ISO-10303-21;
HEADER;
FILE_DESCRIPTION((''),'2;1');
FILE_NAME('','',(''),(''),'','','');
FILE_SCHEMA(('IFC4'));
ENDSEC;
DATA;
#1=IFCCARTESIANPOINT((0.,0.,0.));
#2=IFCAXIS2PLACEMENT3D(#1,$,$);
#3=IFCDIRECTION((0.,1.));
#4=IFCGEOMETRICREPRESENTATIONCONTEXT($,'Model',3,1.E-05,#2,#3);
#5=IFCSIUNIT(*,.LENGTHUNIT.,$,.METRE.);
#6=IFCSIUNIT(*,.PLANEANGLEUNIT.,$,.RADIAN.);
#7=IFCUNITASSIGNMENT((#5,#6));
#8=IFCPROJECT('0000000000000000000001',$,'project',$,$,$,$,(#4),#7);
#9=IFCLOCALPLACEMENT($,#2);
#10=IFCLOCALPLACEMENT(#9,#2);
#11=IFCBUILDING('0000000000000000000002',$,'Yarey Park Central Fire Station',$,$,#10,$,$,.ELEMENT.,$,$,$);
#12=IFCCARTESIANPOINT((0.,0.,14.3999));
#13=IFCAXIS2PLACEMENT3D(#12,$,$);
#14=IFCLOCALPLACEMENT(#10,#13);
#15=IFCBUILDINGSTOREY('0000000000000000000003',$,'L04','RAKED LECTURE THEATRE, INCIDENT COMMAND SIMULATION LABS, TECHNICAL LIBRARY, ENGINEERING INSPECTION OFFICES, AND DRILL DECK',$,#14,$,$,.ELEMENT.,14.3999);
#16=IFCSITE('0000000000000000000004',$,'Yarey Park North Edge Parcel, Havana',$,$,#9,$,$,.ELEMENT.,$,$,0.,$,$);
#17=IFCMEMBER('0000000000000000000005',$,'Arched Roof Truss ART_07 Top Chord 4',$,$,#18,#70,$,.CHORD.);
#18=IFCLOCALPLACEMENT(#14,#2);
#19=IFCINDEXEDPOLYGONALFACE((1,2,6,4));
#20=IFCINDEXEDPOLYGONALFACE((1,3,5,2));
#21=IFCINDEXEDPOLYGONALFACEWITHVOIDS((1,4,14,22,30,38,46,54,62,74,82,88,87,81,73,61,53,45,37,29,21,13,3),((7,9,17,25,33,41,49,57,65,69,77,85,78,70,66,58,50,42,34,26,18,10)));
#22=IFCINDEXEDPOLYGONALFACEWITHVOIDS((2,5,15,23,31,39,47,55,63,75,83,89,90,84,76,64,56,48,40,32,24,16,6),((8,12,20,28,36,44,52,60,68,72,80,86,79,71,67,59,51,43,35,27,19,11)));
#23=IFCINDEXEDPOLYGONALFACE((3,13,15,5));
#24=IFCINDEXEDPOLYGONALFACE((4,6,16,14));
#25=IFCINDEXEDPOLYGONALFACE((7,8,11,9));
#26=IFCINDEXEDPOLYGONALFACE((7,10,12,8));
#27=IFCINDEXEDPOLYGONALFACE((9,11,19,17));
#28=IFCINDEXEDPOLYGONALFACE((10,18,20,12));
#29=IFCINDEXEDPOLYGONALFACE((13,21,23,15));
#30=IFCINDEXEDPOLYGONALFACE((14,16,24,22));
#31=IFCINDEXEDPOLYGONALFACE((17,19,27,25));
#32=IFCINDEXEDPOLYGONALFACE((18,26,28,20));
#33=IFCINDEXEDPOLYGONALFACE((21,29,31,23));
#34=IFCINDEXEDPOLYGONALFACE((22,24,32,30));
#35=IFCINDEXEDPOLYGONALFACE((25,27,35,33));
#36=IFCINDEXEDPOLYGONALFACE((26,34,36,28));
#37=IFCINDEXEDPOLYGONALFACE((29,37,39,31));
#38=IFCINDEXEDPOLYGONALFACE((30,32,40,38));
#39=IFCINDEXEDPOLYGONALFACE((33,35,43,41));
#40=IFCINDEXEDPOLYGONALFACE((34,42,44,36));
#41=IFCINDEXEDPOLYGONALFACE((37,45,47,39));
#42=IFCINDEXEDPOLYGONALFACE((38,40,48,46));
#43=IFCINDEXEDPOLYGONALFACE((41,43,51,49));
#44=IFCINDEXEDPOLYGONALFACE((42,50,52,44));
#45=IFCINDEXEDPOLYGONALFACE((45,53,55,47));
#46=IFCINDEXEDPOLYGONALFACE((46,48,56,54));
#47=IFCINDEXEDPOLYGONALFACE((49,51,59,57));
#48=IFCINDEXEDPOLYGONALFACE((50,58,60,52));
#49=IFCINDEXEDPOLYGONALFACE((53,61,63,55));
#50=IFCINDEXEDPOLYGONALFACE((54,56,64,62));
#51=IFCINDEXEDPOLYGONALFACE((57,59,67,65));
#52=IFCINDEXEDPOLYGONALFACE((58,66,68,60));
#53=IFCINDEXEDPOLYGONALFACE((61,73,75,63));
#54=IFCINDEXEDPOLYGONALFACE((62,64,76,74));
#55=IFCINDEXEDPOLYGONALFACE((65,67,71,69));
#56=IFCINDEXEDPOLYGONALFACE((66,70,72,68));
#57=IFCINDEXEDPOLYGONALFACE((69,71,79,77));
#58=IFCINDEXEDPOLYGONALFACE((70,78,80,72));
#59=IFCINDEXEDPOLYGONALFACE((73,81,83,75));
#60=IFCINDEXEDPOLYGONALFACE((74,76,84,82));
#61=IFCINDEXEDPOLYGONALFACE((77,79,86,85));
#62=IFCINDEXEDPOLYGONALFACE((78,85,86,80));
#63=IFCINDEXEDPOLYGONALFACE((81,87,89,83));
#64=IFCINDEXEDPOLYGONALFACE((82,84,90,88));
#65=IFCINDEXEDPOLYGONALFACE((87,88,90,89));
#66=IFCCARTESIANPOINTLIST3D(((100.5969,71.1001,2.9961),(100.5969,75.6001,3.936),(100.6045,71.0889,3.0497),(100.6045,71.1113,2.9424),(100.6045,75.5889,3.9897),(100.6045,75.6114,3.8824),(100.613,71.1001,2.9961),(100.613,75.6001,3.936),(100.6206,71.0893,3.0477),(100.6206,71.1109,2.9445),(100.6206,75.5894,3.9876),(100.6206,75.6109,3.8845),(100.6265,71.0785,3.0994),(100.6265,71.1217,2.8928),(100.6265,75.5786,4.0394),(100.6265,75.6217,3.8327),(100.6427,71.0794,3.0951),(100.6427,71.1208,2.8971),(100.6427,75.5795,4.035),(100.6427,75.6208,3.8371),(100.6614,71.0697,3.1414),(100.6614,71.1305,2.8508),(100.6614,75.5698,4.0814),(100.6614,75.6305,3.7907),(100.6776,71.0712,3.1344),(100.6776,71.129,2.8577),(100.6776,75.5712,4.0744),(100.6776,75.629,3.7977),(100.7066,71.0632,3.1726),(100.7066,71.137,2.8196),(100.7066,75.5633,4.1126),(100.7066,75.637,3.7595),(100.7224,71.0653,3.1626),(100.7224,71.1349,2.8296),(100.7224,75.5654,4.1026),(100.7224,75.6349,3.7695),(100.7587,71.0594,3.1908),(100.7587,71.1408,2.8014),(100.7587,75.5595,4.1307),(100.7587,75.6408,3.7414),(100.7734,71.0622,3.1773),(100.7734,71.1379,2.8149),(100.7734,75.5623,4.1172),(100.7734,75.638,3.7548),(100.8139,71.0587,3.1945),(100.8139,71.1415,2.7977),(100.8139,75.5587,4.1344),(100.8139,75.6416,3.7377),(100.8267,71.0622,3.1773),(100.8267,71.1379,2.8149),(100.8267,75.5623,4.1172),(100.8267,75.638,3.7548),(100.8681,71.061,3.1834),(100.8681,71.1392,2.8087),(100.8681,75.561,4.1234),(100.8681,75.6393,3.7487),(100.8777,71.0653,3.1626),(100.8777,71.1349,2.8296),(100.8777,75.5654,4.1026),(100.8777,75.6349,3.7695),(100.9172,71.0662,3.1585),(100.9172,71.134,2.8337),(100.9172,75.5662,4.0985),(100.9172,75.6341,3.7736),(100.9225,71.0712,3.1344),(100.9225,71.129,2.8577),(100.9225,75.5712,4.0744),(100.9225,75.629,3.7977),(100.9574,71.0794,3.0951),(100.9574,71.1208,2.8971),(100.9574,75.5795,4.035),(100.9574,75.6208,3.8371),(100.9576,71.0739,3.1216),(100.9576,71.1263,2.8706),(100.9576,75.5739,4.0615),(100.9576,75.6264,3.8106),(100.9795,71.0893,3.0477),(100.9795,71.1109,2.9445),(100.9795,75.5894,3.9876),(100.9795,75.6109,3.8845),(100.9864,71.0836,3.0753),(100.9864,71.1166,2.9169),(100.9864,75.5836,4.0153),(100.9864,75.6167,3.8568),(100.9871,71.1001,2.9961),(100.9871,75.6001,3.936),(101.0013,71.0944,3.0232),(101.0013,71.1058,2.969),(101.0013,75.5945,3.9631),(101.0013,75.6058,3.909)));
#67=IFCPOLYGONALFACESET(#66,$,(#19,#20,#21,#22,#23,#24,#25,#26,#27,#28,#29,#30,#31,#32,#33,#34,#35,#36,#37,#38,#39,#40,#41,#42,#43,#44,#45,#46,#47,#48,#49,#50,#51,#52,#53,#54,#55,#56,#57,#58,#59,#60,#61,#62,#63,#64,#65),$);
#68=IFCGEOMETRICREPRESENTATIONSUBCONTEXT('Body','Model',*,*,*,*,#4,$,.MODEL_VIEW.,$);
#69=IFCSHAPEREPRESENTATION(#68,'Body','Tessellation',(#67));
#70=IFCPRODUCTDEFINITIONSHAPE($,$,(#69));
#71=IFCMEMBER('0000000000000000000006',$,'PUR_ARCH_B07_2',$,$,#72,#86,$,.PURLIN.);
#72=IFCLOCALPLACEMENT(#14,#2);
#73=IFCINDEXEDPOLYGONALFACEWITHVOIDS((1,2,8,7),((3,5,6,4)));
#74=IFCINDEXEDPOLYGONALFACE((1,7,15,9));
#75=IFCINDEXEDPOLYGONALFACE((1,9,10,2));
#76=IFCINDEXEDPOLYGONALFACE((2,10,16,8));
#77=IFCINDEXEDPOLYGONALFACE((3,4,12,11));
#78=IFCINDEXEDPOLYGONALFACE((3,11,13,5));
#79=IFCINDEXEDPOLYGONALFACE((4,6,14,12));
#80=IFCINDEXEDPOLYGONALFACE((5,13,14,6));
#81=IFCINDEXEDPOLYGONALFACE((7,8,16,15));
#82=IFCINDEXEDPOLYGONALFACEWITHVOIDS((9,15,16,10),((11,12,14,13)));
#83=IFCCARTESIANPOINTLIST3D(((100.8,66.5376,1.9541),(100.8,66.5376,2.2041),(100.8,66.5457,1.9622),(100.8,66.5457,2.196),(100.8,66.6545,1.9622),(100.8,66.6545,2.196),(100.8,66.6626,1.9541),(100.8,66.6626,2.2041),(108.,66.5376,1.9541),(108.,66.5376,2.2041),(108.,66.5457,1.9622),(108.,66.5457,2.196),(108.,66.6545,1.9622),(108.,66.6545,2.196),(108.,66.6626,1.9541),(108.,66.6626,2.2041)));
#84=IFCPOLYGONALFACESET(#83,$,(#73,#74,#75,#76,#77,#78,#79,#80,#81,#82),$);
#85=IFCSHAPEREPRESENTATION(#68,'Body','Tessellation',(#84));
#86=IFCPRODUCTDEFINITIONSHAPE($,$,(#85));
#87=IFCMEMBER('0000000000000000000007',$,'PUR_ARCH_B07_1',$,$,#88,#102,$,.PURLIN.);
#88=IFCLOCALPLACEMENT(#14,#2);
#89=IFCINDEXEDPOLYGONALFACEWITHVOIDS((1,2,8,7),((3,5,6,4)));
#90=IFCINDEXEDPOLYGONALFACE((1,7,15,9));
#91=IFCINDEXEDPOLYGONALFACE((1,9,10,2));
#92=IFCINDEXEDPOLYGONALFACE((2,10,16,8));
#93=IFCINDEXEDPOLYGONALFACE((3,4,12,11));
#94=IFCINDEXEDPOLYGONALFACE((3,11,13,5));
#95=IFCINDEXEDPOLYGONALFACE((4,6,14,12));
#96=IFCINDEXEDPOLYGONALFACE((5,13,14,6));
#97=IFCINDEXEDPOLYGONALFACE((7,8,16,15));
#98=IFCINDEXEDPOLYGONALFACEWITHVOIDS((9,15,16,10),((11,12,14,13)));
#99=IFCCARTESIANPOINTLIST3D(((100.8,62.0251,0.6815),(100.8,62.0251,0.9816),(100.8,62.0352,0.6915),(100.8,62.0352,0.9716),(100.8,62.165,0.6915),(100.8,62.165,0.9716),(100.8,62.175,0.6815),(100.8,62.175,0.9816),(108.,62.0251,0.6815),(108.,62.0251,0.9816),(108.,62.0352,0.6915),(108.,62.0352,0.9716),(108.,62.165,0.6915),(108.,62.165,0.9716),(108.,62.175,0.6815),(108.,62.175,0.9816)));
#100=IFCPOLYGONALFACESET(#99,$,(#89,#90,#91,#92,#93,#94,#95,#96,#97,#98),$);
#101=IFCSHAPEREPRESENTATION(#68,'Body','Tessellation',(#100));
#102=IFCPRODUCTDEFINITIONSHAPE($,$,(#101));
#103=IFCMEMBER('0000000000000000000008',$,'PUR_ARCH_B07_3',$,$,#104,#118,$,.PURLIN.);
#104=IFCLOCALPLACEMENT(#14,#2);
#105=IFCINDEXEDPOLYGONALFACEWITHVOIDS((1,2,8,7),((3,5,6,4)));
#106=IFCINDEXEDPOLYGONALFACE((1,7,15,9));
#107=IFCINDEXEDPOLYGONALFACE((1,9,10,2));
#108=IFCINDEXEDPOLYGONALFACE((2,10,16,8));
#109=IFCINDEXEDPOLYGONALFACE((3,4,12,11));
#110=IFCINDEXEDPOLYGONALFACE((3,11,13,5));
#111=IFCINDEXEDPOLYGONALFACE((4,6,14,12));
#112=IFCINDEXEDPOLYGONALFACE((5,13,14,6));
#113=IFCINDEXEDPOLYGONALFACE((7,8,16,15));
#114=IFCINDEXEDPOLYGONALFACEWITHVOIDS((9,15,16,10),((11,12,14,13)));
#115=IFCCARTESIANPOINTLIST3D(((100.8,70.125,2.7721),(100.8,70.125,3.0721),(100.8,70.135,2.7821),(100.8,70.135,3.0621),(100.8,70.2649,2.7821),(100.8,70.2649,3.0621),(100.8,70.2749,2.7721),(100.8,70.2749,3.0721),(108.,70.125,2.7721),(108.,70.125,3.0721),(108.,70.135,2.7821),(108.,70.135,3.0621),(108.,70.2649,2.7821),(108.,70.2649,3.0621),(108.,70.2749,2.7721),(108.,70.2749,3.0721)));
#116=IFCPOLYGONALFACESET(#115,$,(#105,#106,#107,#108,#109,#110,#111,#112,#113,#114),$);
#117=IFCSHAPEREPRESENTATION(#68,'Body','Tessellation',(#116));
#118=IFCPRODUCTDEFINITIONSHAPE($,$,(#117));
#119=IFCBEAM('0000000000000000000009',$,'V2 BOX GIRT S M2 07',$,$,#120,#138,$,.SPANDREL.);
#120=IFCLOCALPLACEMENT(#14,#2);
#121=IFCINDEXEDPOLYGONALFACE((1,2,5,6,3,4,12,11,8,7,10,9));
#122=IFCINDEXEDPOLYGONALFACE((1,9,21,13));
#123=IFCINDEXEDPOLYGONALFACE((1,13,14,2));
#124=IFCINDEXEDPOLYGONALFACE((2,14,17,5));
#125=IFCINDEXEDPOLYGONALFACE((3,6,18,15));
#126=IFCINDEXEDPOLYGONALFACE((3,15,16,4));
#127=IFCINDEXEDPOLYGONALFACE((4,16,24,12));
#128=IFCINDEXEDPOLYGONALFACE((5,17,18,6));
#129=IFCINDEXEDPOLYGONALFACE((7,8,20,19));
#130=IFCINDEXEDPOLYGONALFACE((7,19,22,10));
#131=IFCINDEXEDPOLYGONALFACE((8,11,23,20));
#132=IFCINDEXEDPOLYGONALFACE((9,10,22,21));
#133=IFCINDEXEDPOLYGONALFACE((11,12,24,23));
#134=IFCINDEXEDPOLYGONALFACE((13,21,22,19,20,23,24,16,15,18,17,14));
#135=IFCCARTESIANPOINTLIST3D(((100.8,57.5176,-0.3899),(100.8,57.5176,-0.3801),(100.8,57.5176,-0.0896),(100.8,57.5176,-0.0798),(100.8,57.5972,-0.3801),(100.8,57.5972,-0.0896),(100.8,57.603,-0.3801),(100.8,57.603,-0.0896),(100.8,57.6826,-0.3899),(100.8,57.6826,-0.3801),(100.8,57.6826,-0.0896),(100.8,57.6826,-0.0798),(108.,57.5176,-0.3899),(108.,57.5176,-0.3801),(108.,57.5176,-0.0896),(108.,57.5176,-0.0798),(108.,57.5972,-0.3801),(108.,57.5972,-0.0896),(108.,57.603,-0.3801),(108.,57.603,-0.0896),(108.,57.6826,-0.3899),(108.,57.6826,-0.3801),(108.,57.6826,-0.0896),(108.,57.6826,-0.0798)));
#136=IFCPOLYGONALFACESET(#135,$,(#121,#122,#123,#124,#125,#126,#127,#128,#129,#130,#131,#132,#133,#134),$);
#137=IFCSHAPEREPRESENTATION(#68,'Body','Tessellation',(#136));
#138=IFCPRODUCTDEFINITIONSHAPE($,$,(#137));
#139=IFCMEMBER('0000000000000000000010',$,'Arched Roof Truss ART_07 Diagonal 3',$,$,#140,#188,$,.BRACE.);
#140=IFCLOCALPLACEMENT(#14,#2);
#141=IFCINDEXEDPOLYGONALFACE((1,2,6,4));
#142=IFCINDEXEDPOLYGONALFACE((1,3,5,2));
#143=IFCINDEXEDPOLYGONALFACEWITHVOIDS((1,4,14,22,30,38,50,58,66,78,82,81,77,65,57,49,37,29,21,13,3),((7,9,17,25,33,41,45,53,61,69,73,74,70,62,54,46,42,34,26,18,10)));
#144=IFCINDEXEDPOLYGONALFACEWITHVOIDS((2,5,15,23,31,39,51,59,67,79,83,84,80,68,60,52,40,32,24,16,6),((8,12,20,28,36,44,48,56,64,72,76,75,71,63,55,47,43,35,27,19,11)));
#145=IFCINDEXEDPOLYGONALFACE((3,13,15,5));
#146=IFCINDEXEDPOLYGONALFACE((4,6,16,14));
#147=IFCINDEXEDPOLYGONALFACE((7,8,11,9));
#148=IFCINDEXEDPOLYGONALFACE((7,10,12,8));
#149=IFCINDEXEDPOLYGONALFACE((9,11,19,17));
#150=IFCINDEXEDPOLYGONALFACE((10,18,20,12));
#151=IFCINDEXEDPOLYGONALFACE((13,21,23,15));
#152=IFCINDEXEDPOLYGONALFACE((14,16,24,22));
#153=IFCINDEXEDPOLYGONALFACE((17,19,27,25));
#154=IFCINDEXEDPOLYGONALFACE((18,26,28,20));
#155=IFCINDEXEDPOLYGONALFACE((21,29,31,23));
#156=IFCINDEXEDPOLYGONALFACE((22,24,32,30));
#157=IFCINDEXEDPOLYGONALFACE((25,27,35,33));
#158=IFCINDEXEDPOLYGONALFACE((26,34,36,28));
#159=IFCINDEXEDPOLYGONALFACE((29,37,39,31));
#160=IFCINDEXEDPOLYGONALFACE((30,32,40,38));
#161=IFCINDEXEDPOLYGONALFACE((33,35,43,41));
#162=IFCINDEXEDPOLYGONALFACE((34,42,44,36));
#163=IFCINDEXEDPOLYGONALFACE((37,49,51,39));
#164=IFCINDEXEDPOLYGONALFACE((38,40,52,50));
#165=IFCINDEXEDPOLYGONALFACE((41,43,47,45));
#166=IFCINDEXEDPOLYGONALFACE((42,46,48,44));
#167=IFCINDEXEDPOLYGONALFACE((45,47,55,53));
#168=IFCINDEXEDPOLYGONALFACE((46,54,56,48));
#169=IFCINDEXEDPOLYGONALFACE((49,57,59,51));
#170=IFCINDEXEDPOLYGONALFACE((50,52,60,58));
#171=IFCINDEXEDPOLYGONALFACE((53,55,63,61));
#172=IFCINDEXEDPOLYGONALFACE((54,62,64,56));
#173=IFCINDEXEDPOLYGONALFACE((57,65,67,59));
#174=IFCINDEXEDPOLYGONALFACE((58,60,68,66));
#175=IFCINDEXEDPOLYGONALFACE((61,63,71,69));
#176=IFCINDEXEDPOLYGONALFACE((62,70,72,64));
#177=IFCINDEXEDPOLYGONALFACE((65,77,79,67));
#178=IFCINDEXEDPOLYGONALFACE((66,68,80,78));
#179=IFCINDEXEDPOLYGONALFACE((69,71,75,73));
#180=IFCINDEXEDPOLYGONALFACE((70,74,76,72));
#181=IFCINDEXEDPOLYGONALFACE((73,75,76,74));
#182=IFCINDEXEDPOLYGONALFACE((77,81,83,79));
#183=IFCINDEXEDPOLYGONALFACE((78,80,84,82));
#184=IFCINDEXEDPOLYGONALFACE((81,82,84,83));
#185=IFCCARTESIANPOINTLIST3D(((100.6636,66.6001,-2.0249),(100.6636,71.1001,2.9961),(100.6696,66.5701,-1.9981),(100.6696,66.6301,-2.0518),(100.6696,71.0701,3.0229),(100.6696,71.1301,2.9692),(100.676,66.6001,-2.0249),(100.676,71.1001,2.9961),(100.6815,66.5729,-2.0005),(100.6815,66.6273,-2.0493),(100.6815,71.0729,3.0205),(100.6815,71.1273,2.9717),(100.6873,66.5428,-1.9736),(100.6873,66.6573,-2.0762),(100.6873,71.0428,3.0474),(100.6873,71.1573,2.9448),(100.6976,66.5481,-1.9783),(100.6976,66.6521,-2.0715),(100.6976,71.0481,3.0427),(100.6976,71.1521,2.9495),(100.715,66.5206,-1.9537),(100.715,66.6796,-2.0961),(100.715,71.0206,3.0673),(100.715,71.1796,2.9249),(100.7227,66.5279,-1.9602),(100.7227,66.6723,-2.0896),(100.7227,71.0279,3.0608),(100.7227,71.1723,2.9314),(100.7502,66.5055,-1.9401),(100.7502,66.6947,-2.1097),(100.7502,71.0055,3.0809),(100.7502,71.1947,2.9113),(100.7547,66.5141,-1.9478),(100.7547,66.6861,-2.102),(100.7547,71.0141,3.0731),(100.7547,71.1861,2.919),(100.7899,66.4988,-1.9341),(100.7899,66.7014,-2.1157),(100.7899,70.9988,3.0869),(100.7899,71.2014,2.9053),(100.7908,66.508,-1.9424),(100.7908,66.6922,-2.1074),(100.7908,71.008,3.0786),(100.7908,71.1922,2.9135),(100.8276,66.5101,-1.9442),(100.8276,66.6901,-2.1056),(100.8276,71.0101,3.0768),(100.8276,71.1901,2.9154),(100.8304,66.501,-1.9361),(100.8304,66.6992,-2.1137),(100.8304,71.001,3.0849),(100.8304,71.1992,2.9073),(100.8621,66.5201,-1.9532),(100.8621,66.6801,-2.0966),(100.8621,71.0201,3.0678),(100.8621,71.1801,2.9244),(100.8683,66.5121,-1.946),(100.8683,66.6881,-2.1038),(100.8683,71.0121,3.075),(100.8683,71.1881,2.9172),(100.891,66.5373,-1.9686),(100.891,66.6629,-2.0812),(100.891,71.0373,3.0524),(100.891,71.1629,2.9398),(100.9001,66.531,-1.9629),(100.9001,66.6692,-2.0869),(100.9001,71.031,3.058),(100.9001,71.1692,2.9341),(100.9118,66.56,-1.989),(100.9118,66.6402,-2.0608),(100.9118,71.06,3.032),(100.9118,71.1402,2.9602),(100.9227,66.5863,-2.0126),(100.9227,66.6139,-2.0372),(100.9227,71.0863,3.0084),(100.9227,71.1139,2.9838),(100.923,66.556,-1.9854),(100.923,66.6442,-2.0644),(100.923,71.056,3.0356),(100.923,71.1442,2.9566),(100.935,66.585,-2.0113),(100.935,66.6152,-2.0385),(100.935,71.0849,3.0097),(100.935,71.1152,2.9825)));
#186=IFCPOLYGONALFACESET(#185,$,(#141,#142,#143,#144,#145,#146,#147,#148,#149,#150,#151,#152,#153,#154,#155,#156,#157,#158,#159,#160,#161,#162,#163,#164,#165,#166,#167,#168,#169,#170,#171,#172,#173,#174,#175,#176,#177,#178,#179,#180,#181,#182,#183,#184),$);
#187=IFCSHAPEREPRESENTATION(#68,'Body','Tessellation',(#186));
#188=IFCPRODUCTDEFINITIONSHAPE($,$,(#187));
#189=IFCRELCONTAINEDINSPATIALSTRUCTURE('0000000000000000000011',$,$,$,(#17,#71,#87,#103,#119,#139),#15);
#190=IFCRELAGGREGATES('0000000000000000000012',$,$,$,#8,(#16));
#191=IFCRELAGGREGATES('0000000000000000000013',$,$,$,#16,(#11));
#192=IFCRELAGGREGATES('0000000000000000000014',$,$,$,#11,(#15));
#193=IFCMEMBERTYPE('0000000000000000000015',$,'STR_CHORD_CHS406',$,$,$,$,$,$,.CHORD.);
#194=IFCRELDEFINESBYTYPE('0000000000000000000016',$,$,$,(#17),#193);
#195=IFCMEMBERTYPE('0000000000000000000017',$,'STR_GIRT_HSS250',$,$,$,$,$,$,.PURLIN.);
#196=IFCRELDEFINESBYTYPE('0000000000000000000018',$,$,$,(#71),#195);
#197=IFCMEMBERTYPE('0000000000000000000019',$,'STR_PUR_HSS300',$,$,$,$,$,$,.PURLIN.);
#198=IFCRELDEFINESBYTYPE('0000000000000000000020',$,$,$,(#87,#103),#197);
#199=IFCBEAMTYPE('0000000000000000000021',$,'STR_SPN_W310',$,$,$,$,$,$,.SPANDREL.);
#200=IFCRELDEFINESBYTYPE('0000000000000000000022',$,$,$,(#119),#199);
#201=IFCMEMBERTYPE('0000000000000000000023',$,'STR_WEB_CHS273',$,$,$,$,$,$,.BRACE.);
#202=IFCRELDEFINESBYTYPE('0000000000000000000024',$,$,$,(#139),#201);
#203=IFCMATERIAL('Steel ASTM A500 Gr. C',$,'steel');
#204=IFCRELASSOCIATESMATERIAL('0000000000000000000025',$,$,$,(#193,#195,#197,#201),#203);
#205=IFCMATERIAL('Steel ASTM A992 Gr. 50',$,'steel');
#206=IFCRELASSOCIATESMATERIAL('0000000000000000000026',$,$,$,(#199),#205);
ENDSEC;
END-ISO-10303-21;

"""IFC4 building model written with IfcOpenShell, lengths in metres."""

from ifc_helpers import new_model, si_unit, direction, frame, origin, origin_2d, place, context, subcontext, project, spatial, hollow_rectangle, hollow_circle, i_section, extrude, material, material_profile, profile_set, type_object, element, save


model = new_model("IFC4")

# Units and contexts
model_context = context("Model", 3, precision=1e-05, world=origin(), true_north=direction((0.0, 1.0)))
body_context = subcontext(model_context, "Body", "Model", "MODEL_VIEW")
ifc_project = project(units=[si_unit("LENGTHUNIT", "METRE"), si_unit("PLANEANGLEUNIT", "RADIAN")], contexts=[model_context])

# Site, building, storey
site_placement = place(None, origin())
site = spatial("IfcSite", under=ifc_project, at=site_placement, Name="Yarey Park North Edge Parcel, Havana", CompositionType="ELEMENT", RefElevation=0.0)
building_placement = place(site_placement, origin())
building = spatial("IfcBuilding", under=site, at=building_placement, Name="Yarey Park Central Fire Station", CompositionType="ELEMENT")
storey_placement = place(building_placement, frame((0.0, 0.0, 14.3999)))
storey = spatial("IfcBuildingStorey", under=building, at=storey_placement, Name="L04", Description="RAKED LECTURE THEATRE, INCIDENT COMMAND SIMULATION LABS, TECHNICAL LIBRARY, ENGINEERING INSPECTION OFFICES, AND DRILL DECK", CompositionType="ELEMENT", Elevation=14.3999)

# Shared definitions
ifc_material_1 = material(Name="Steel ASTM A992 Gr. 50", Category="steel")

# Members
ifc_material_2 = material(Name="Steel ASTM A500 Gr. C", Category="steel")
ifc_material_profile_1 = material_profile(ifc_material_2, hollow_circle(Radius=0.2031, WallThickness=0.0161, at=origin_2d()), Name="CHS 406.4x16")
ifc_profile_set_1 = profile_set([ifc_material_profile_1], Name="Steel ASTM A500 Gr. C")
member_type_1 = type_object("IfcMemberType", Name="STR_CHORD_CHS406", PredefinedType="CHORD", material=ifc_profile_set_1)
member_1_placement = place(storey_placement, frame((100.8, 71.1001, 2.9961), z_axis=(0.0, 0.978874, 0.204463), x_axis=(-1.0, 0.0, 0.0)))
element("IfcMember", 1, at=member_1_placement, inside=storey, type_object=member_type_1, Name="Arched Roof Truss ART_07 Top Chord 4", PredefinedType="CHORD", context=body_context, shape_type="SweptSolid", body=[
    extrude(hollow_circle(Radius=0.2031, WallThickness=0.0161, at=origin_2d()), origin(), (0.0, 0.0, 1.0), 4.5972),
])
ifc_material_profile_2 = material_profile(ifc_material_2, hollow_rectangle(XDim=0.125, YDim=0.25, WallThickness=0.0081, at=origin_2d()), Name="HSS 250x125x8")
ifc_profile_set_2 = profile_set([ifc_material_profile_2], Name="Steel ASTM A500 Gr. C")
member_type_2 = type_object("IfcMemberType", Name="STR_GIRT_HSS250", PredefinedType="PURLIN", material=ifc_profile_set_2)
member_2_placement = place(storey_placement, frame((100.8, 66.6001, 2.0791), z_axis=(1.0, 0.0, 0.0), x_axis=(0.0, 1.0, 0.0)))
element("IfcMember", 2, at=member_2_placement, inside=storey, type_object=member_type_2, Name="PUR_ARCH_B07_2", PredefinedType="PURLIN", context=body_context, shape_type="SweptSolid", body=[
    extrude(hollow_rectangle(XDim=0.125, YDim=0.25, WallThickness=0.0081, at=origin_2d()), origin(), (0.0, 0.0, 1.0), 7.2),
])
ifc_material_profile_3 = material_profile(ifc_material_2, hollow_rectangle(XDim=0.1499, YDim=0.3, WallThickness=0.01, at=origin_2d()), Name="HSS 300x150x10")
ifc_profile_set_3 = profile_set([ifc_material_profile_3], Name="Steel ASTM A500 Gr. C")
member_type_3 = type_object("IfcMemberType", Name="STR_PUR_HSS300", PredefinedType="PURLIN", material=ifc_profile_set_3)
for number, where, z_axis, x_axis, name in (
    (3, (100.8, 62.1001, 0.8315), (1.0, 0.0, 0.0), (0.0, 1.0, 0.0), "PUR_ARCH_B07_1"),
    (4, (100.8, 70.2, 2.9221), (1.0, 0.0, 0.0), (0.0, 1.0, 0.0), "PUR_ARCH_B07_3"),
):
    element("IfcMember", number, at=place(storey_placement, frame(where, z_axis=z_axis, x_axis=x_axis)), inside=storey, type_object=member_type_3, Name=name, PredefinedType="PURLIN", context=body_context, shape_type="SweptSolid", body=[
        extrude(hollow_rectangle(XDim=0.1499, YDim=0.3, WallThickness=0.01, at=origin_2d()), origin(), (0.0, 0.0, 1.0), 7.2),
    ])

# Beam
ifc_material_profile_4 = material_profile(ifc_material_1, i_section(OverallWidth=0.165, OverallDepth=0.3101, WebThickness=0.0059, FlangeThickness=0.0098, at=origin_2d()), Name="W310x39")
ifc_profile_set_4 = profile_set([ifc_material_profile_4], Name="Steel ASTM A992 Gr. 50")
beam_type = type_object("IfcBeamType", Name="STR_SPN_W310", PredefinedType="SPANDREL", material=ifc_profile_set_4)
beam_placement = place(storey_placement, frame((100.8, 57.6001, -0.2349), z_axis=(1.0, 0.0, 0.0), x_axis=(0.0, 1.0, 0.0)))
element("IfcBeam", 5, at=beam_placement, inside=storey, type_object=beam_type, Name="V2 BOX GIRT S M2 07", PredefinedType="SPANDREL", context=body_context, shape_type="SweptSolid", body=[
    extrude(i_section(OverallWidth=0.165, OverallDepth=0.3101, WebThickness=0.0059, FlangeThickness=0.0098, at=origin_2d()), origin(), (0.0, 0.0, 1.0), 7.2),
])

# Member
ifc_material_profile_5 = material_profile(ifc_material_2, hollow_circle(Radius=0.1365, WallThickness=0.0125, at=origin_2d()), Name="CHS 273x12.5")
ifc_profile_set_5 = profile_set([ifc_material_profile_5], Name="Steel ASTM A500 Gr. C")
member_type_4 = type_object("IfcMemberType", Name="STR_WEB_CHS273", PredefinedType="BRACE", material=ifc_profile_set_5)
member_3_placement = place(storey_placement, frame((100.8, 66.6001, -2.0249), z_axis=(0.0, 0.667415, 0.744686), x_axis=(-1.0, 0.0, 0.0)))
element("IfcMember", 6, at=member_3_placement, inside=storey, type_object=member_type_4, Name="Arched Roof Truss ART_07 Diagonal 3", PredefinedType="BRACE", context=body_context, shape_type="SweptSolid", body=[
    extrude(hollow_circle(Radius=0.1365, WallThickness=0.0125, at=origin_2d()), origin(), (0.0, 0.0, 1.0), 6.7424),
])

save(model, "model.ifc")
